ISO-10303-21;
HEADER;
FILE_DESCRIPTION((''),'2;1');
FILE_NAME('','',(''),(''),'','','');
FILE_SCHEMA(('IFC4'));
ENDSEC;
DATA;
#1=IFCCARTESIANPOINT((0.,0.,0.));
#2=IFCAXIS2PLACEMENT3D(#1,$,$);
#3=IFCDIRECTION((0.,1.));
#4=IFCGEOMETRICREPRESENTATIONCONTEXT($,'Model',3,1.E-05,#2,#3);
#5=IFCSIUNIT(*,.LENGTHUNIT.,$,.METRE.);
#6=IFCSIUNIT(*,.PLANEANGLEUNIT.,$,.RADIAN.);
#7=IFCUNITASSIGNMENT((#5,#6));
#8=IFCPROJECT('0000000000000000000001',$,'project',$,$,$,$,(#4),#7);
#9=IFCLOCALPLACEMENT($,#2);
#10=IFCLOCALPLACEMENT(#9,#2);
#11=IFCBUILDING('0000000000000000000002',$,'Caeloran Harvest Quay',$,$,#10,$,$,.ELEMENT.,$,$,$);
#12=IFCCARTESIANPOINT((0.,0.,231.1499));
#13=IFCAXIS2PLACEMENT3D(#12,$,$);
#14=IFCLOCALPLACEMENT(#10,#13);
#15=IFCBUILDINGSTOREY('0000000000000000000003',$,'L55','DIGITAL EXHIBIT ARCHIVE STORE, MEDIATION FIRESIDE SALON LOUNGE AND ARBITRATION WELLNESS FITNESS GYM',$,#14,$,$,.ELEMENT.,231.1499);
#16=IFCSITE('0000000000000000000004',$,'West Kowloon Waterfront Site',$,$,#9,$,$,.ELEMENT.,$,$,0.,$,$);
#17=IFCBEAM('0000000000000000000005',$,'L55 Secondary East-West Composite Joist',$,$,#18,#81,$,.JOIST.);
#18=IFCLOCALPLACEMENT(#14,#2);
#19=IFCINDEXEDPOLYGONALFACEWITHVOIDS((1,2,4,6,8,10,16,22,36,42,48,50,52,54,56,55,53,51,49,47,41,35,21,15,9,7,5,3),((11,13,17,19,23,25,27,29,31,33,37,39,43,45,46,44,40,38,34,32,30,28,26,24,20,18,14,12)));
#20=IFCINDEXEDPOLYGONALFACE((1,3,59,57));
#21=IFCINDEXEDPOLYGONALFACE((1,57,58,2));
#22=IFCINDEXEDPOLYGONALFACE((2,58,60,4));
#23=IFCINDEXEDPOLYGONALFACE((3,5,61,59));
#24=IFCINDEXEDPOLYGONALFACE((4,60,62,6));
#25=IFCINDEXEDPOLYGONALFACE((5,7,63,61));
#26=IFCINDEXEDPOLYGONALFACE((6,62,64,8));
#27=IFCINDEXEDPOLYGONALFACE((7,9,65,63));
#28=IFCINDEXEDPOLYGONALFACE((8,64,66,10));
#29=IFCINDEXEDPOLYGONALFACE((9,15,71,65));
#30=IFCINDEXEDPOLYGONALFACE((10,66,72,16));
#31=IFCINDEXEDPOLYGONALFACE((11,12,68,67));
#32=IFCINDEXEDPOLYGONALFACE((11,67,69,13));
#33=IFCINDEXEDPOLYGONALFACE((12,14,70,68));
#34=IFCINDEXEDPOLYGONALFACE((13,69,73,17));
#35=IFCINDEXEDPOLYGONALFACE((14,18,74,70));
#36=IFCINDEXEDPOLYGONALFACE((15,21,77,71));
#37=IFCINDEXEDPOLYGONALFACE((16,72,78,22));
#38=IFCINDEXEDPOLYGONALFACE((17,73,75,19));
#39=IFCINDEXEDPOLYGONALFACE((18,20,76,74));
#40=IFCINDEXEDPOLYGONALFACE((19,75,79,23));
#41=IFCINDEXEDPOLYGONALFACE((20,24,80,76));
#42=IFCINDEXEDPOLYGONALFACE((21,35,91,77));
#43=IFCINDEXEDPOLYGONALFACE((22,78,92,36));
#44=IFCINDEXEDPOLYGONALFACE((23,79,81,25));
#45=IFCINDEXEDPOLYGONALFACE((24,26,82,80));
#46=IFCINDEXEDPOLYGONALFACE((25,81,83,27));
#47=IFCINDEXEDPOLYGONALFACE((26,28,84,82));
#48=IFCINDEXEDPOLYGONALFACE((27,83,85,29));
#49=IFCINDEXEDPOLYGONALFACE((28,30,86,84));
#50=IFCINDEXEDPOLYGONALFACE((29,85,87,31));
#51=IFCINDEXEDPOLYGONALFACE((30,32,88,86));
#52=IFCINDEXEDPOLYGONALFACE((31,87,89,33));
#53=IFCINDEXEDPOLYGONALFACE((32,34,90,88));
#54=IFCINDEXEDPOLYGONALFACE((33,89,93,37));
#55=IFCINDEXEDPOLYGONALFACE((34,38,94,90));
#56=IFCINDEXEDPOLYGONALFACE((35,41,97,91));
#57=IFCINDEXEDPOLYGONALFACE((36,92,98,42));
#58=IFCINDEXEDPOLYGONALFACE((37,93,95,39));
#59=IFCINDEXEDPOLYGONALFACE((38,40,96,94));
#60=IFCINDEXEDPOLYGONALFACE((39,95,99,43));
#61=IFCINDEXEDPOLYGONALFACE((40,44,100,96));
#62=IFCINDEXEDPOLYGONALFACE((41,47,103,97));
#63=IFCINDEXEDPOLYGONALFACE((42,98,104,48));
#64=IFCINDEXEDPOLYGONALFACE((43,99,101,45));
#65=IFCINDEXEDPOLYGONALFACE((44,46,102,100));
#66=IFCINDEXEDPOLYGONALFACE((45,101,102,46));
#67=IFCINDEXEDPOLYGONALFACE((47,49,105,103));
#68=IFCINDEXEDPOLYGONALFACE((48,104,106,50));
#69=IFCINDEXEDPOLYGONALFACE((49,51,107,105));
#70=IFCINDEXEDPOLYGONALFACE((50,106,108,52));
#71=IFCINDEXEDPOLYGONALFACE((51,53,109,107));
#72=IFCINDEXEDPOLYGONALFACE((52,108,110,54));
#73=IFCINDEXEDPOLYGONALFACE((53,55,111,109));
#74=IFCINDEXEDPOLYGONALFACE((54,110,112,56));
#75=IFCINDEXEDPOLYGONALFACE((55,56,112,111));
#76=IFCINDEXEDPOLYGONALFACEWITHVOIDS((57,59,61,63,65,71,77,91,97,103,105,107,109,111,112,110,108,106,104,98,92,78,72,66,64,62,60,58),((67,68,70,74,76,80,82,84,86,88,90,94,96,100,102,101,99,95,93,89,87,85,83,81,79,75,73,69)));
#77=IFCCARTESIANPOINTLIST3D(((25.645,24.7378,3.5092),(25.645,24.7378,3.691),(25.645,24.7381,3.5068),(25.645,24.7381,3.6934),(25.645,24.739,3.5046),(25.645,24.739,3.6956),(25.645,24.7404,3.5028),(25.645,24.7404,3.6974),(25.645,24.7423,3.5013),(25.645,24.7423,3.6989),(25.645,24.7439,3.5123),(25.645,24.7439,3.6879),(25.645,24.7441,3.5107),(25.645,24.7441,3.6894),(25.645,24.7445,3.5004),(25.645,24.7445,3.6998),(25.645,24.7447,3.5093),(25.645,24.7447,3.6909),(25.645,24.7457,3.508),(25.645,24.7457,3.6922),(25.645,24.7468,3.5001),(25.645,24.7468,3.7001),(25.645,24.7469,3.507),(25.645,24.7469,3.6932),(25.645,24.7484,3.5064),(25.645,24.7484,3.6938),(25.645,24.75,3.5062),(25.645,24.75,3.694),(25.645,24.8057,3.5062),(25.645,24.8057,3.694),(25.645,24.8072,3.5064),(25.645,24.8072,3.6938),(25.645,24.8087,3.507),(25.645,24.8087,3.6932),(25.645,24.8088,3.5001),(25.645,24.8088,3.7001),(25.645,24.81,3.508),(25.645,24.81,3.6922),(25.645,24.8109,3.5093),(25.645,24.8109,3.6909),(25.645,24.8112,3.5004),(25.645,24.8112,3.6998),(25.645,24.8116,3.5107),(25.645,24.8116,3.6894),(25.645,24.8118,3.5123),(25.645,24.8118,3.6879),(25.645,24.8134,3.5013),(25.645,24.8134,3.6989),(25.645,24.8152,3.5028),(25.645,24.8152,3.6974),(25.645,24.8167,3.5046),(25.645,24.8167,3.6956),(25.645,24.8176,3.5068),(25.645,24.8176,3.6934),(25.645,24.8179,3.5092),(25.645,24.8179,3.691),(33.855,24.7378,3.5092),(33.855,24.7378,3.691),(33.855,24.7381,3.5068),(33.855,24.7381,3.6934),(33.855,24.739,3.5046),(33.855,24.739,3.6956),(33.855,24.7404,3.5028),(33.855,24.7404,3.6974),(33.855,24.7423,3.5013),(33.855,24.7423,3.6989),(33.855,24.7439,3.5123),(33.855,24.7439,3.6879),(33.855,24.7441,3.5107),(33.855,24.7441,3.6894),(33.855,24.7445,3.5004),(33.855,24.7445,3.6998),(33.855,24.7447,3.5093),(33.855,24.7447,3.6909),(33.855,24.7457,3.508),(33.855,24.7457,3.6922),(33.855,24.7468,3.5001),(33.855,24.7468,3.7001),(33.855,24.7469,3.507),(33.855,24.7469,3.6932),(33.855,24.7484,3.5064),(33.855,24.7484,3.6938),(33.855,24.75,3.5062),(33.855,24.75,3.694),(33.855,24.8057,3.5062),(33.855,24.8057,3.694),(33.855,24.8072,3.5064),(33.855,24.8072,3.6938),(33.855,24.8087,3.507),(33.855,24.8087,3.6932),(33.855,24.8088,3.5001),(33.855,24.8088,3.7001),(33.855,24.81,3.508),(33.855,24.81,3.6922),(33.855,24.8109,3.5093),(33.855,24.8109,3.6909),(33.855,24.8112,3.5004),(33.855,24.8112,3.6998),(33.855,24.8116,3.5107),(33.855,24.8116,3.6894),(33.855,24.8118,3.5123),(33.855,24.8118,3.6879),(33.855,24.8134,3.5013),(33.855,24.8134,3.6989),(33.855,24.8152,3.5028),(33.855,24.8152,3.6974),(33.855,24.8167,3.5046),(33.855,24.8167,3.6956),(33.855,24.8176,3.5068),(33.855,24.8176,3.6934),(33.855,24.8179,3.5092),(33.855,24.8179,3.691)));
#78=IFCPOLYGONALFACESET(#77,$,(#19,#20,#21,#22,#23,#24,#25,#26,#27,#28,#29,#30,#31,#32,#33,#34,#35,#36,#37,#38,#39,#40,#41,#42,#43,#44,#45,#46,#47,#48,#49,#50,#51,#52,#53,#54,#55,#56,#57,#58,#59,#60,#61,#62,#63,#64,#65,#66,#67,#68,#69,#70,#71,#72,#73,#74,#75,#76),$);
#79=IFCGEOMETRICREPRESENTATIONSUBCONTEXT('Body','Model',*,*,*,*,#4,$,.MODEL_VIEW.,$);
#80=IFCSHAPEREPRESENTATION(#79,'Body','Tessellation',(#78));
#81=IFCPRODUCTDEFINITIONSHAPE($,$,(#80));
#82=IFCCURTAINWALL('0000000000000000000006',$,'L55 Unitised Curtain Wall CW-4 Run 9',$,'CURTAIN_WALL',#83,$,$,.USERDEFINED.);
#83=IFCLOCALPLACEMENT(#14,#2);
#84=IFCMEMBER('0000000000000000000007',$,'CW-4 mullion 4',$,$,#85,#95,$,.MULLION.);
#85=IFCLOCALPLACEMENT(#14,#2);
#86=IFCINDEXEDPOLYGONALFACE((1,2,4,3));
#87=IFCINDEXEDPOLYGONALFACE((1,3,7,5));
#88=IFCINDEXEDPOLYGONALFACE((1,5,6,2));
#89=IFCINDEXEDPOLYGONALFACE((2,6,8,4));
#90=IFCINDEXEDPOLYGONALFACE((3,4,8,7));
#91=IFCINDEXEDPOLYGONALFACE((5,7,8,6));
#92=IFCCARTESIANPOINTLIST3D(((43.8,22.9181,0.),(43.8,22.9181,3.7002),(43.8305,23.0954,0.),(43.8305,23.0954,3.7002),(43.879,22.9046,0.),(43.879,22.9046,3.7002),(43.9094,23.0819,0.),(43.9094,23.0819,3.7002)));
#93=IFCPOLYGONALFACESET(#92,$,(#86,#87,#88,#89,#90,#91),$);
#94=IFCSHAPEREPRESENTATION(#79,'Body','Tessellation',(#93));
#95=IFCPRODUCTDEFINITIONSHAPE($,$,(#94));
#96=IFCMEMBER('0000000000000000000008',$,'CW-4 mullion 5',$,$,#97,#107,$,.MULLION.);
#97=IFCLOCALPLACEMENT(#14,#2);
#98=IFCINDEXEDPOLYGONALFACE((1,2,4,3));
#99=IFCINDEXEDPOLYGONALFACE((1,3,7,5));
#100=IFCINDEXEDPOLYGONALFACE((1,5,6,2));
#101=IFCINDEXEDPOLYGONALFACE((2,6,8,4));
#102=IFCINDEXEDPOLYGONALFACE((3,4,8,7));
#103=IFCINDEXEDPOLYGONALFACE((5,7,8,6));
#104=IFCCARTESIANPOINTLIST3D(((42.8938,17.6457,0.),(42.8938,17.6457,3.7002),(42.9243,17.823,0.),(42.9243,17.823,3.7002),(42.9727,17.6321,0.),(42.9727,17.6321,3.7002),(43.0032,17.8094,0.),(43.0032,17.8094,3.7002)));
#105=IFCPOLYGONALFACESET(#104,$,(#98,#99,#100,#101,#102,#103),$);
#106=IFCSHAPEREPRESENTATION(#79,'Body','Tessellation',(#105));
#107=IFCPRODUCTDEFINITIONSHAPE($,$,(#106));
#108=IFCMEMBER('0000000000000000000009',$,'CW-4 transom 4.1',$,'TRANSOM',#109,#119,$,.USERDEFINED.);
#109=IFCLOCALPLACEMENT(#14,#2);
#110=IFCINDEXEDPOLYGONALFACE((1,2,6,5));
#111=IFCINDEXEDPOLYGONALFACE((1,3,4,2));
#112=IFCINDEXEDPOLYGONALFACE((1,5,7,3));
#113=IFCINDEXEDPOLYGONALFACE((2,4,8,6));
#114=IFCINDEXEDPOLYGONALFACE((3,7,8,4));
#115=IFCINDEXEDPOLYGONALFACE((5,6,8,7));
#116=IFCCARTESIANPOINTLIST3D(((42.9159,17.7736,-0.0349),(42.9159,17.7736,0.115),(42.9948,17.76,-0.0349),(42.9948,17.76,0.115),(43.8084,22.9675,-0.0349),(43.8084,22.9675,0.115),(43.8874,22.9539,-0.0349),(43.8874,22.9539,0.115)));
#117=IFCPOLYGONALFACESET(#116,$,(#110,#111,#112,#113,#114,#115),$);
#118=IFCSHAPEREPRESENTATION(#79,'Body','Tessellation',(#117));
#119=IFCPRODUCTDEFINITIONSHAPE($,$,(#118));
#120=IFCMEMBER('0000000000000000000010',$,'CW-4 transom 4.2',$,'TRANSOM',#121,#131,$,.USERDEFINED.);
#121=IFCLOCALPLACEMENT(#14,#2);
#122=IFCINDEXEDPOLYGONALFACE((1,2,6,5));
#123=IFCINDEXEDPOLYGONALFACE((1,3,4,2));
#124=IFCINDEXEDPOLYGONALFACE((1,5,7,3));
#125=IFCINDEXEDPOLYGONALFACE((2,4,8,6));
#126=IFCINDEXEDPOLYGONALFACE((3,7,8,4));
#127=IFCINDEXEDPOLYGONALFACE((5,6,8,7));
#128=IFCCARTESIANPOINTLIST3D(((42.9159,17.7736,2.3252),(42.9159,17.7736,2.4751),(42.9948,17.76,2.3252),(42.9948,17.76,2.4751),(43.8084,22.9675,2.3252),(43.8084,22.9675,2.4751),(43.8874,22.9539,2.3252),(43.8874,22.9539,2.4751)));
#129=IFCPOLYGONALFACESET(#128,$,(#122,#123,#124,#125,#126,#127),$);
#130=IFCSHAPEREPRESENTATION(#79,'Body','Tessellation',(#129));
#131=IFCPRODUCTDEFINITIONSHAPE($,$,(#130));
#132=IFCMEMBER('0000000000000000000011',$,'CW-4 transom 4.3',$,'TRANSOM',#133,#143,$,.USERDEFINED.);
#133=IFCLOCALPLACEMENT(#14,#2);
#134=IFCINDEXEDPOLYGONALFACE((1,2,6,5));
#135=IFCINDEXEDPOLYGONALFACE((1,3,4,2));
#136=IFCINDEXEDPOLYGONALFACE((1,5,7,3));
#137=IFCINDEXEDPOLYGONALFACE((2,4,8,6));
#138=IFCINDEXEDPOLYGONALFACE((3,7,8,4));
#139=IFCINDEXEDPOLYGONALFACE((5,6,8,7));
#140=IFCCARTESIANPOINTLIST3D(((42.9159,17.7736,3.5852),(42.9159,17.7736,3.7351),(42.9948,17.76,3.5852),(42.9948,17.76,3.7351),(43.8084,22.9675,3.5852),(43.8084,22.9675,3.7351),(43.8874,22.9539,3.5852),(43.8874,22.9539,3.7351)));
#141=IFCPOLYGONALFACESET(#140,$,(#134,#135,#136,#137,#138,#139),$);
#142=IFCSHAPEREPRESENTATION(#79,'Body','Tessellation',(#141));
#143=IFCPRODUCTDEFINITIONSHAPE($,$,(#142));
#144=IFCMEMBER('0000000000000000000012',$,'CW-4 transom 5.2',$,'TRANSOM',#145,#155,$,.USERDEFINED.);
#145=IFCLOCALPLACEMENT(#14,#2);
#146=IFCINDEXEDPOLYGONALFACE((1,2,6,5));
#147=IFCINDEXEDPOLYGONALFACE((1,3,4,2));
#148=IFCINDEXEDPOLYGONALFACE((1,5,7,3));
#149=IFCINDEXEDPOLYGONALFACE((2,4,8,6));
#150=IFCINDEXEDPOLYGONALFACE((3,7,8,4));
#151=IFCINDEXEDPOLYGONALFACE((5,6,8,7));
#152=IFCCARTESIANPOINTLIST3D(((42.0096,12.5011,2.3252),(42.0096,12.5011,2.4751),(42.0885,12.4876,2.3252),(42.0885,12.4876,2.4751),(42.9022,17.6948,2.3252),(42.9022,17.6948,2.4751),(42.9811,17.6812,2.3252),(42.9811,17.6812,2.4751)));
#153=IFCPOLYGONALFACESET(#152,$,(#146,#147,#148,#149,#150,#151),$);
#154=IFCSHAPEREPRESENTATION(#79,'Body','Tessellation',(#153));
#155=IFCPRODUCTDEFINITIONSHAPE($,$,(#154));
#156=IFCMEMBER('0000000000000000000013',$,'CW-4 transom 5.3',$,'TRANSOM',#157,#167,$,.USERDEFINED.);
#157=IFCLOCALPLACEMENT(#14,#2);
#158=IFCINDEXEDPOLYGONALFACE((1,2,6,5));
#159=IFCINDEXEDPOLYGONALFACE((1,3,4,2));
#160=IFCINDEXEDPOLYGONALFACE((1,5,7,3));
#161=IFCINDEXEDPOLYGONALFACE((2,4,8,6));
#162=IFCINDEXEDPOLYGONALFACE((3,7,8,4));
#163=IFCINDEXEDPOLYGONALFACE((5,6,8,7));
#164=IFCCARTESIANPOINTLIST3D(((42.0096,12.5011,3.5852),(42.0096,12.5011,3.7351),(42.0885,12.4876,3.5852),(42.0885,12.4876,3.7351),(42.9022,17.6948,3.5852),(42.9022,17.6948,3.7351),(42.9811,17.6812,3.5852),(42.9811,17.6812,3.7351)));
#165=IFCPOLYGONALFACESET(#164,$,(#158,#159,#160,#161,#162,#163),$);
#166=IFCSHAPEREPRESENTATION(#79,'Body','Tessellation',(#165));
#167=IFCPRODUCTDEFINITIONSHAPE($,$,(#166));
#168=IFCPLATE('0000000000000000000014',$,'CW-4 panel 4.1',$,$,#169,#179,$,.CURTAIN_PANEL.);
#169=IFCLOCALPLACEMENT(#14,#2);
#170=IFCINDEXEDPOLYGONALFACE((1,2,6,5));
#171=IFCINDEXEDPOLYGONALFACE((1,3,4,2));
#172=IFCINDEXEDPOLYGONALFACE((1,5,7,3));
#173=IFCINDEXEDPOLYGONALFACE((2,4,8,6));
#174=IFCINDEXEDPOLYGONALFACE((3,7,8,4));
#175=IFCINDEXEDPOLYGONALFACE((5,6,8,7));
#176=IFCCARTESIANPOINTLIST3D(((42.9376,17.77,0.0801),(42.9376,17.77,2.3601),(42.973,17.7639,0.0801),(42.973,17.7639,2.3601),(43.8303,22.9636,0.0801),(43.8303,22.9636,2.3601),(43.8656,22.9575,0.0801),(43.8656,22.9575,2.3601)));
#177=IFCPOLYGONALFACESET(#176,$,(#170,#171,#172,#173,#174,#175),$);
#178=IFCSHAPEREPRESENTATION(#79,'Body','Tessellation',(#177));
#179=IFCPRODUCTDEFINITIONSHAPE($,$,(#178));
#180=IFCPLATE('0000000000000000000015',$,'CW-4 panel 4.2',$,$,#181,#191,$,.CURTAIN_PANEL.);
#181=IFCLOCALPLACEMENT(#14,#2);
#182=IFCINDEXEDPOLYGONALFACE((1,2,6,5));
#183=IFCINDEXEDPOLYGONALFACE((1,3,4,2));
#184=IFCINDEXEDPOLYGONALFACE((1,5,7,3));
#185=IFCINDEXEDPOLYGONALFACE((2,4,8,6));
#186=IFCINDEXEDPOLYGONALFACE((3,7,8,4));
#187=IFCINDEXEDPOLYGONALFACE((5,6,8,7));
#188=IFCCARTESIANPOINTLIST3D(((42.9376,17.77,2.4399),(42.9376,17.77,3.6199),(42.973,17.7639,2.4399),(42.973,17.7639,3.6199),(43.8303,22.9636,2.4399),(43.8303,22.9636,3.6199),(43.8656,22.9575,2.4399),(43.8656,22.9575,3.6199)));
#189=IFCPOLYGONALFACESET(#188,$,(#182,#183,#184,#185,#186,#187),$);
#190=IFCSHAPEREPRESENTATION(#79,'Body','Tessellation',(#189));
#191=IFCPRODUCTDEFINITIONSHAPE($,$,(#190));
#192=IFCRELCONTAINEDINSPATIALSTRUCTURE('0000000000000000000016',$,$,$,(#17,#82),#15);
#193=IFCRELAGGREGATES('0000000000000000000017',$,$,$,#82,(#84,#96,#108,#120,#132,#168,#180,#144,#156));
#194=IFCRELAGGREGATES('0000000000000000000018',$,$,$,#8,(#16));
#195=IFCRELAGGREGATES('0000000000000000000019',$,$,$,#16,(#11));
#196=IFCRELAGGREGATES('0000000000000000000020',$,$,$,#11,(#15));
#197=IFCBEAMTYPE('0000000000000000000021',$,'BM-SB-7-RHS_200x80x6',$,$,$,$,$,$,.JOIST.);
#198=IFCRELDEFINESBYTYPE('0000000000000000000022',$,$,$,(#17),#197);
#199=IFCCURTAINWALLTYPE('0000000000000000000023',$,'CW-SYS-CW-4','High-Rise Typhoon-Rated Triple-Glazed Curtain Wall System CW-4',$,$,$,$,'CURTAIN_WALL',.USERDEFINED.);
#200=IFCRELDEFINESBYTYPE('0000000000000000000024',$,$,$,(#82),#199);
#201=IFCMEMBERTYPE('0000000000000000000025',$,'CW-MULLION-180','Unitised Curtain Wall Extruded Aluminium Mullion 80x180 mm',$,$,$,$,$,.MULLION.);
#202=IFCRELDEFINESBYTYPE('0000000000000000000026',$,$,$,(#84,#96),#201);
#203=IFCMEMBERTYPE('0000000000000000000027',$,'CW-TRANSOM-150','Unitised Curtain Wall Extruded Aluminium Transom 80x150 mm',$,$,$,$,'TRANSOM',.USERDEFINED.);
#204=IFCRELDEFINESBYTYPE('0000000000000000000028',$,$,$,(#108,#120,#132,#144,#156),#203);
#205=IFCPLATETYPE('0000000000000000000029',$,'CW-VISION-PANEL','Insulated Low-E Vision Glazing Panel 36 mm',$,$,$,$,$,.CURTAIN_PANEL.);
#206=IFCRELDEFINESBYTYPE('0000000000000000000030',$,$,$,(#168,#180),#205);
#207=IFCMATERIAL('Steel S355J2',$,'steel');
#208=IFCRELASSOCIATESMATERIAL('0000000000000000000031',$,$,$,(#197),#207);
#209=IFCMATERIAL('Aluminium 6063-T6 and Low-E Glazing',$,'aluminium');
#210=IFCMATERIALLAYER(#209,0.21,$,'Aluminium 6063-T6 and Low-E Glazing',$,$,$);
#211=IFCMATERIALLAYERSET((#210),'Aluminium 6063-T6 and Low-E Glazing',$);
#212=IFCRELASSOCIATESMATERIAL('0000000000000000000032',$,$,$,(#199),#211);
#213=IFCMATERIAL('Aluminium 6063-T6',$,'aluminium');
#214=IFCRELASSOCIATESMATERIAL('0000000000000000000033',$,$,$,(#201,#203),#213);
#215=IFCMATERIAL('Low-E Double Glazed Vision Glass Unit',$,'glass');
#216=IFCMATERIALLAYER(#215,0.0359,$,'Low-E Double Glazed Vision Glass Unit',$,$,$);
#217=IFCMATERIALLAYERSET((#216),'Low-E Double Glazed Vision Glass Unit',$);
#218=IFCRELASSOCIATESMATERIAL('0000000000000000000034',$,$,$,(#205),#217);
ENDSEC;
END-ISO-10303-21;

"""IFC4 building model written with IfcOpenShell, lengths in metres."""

from ifc_helpers import new_model, si_unit, direction, frame, origin, origin_2d, place, context, subcontext, project, spatial, rectangle, hollow_rectangle, extrude, material, layer, layer_set, material_profile, profile_set, type_object, element, aggregate, save


model = new_model("IFC4")

# Units and contexts
model_context = context("Model", 3, precision=1e-05, world=origin(), true_north=direction((0.0, 1.0)))
body_context = subcontext(model_context, "Body", "Model", "MODEL_VIEW")
ifc_project = project(units=[si_unit("LENGTHUNIT", "METRE"), si_unit("PLANEANGLEUNIT", "RADIAN")], contexts=[model_context])

# Site, building, storey
site_placement = place(None, origin())
site = spatial("IfcSite", under=ifc_project, at=site_placement, Name="West Kowloon Waterfront Site", CompositionType="ELEMENT", RefElevation=0.0)
building_placement = place(site_placement, origin())
building = spatial("IfcBuilding", under=site, at=building_placement, Name="Caeloran Harvest Quay", CompositionType="ELEMENT")
storey_placement = place(building_placement, frame((0.0, 0.0, 231.1499)))
storey = spatial("IfcBuildingStorey", under=building, at=storey_placement, Name="L55", Description="DIGITAL EXHIBIT ARCHIVE STORE, MEDIATION FIRESIDE SALON LOUNGE AND ARBITRATION WELLNESS FITNESS GYM", CompositionType="ELEMENT", Elevation=231.1499)

# Beam
ifc_material_1 = material(Name="Steel S355J2", Category="steel")
ifc_material_profile_1 = material_profile(ifc_material_1, hollow_rectangle(XDim=0.0801, YDim=0.2, WallThickness=0.0061, InnerFilletRadius=0.0061, OuterFilletRadius=0.009, at=origin_2d()), Name="RHS 200x80x6")
ifc_profile_set_1 = profile_set([ifc_material_profile_1], Name="Steel S355J2")
beam_type_1 = type_object("IfcBeamType", Name="BM-SB-7-RHS_200x80x6", PredefinedType="JOIST", material=ifc_profile_set_1)
for number, where, z_axis, x_axis, name in (
    (1, (25.645, 24.7778, 3.6001), (1.0, 0.0, 0.0), (0.0, 1.0, 0.0), "L55 Secondary East-West Composite Joist"),
):
    element("IfcBeam", number, at=place(storey_placement, frame(where, z_axis=z_axis, x_axis=x_axis)), inside=storey, type_object=beam_type_1, Name=name, PredefinedType="JOIST", context=body_context, shape_type="SweptSolid", body=[
        extrude(hollow_rectangle(XDim=0.0801, YDim=0.2, WallThickness=0.0061, InnerFilletRadius=0.0061, OuterFilletRadius=0.009, at=origin_2d()), origin(), (0.0, 0.0, 1.0), 8.21),
    ])

# Curtain wall, members, plates
ifc_material_2 = material(Name="Aluminium 6063-T6 and Low-E Glazing", Category="aluminium")
ifc_layer_1 = layer(ifc_material_2, 0.21, Name="Aluminium 6063-T6 and Low-E Glazing")
ifc_layer_set_1 = layer_set([ifc_layer_1], Name="Aluminium 6063-T6 and Low-E Glazing")
curtain_wall_type = type_object("IfcCurtainWallType", Name="CW-SYS-CW-4", Description="High-Rise Typhoon-Rated Triple-Glazed Curtain Wall System CW-4", ElementType="CURTAIN_WALL", PredefinedType="USERDEFINED", material=ifc_layer_set_1)
curtain_wall_placement = place(storey_placement, origin())
curtain_wall = element("IfcCurtainWall", 2, at=curtain_wall_placement, inside=storey, type_object=curtain_wall_type, Name="L55 Unitised Curtain Wall CW-4 Run 9", ObjectType="CURTAIN_WALL", PredefinedType="USERDEFINED")
ifc_material_3 = material(Name="Aluminium 6063-T6", Category="aluminium")
ifc_material_profile_2 = material_profile(ifc_material_3, rectangle(XDim=0.0801, YDim=0.1799, at=origin_2d()), Name="CW-MULLION-180")
ifc_profile_set_2 = profile_set([ifc_material_profile_2], Name="Aluminium 6063-T6")
member_type_1 = type_object("IfcMemberType", Name="CW-MULLION-180", Description="Unitised Curtain Wall Extruded Aluminium Mullion 80x180 mm", PredefinedType="MULLION", material=ifc_profile_set_2)
member_1_placement = place(storey_placement, frame((43.8547, 23.0, 0.0), z_axis=(0.0, 0.0, 1.0), x_axis=(0.985549, -0.169391, 0.0)))
member_1 = element("IfcMember", 3, at=member_1_placement, type_object=member_type_1, Name="CW-4 mullion 4", PredefinedType="MULLION", context=body_context, shape_type="SweptSolid", body=[
    extrude(rectangle(XDim=0.0801, YDim=0.1799, at=origin_2d()), origin(), (0.0, 0.0, 1.0), 3.7002),
])
member_2_placement = place(storey_placement, frame((42.9485, 17.7275, 0.0), z_axis=(0.0, 0.0, 1.0), x_axis=(0.985549, -0.169391, 0.0)))
member_2 = element("IfcMember", 4, at=member_2_placement, type_object=member_type_1, Name="CW-4 mullion 5", PredefinedType="MULLION", context=body_context, shape_type="SweptSolid", body=[
    extrude(rectangle(XDim=0.0801, YDim=0.1799, at=origin_2d()), origin(), (0.0, 0.0, 1.0), 3.7002),
])
ifc_material_profile_3 = material_profile(ifc_material_3, rectangle(XDim=0.0801, YDim=0.1499, at=origin_2d()), Name="CW-TRANSOM-150")
ifc_profile_set_3 = profile_set([ifc_material_profile_3], Name="Aluminium 6063-T6")
member_type_2 = type_object("IfcMemberType", Name="CW-TRANSOM-150", Description="Unitised Curtain Wall Extruded Aluminium Transom 80x150 mm", ElementType="TRANSOM", PredefinedType="USERDEFINED", material=ifc_profile_set_3)
member_3_placement = place(storey_placement, frame((43.8479, 22.9607, 0.04), z_axis=(-0.16937, -0.985553, 0.0), x_axis=(0.985553, -0.16937, 0.0)))
member_3 = element("IfcMember", 5, at=member_3_placement, type_object=member_type_2, Name="CW-4 transom 4.1", ObjectType="TRANSOM", PredefinedType="USERDEFINED", context=body_context, shape_type="SweptSolid", body=[
    extrude(rectangle(XDim=0.0801, YDim=0.1499, at=origin_2d()), origin(), (0.0, 0.0, 1.0), 5.27),
])
member_4_placement = place(storey_placement, frame((43.8479, 22.9607, 2.4001), z_axis=(-0.16937, -0.985553, 0.0), x_axis=(0.985553, -0.16937, 0.0)))
member_4 = element("IfcMember", 6, at=member_4_placement, type_object=member_type_2, Name="CW-4 transom 4.2", ObjectType="TRANSOM", PredefinedType="USERDEFINED", context=body_context, shape_type="SweptSolid", body=[
    extrude(rectangle(XDim=0.0801, YDim=0.1499, at=origin_2d()), origin(), (0.0, 0.0, 1.0), 5.27),
])
member_5_placement = place(storey_placement, frame((43.8479, 22.9607, 3.6602), z_axis=(-0.16937, -0.985553, 0.0), x_axis=(0.985553, -0.16937, 0.0)))
member_5 = element("IfcMember", 7, at=member_5_placement, type_object=member_type_2, Name="CW-4 transom 4.3", ObjectType="TRANSOM", PredefinedType="USERDEFINED", context=body_context, shape_type="SweptSolid", body=[
    extrude(rectangle(XDim=0.0801, YDim=0.1499, at=origin_2d()), origin(), (0.0, 0.0, 1.0), 5.27),
])
member_6_placement = place(storey_placement, frame((42.9417, 17.688, 2.4001), z_axis=(-0.169378, -0.985551, 0.0), x_axis=(0.985551, -0.169378, 0.0)))
member_6 = element("IfcMember", 8, at=member_6_placement, type_object=member_type_2, Name="CW-4 transom 5.2", ObjectType="TRANSOM", PredefinedType="USERDEFINED", context=body_context, shape_type="SweptSolid", body=[
    extrude(rectangle(XDim=0.0801, YDim=0.1499, at=origin_2d()), origin(), (0.0, 0.0, 1.0), 5.2698),
])
member_7_placement = place(storey_placement, frame((42.9417, 17.688, 3.6602), z_axis=(-0.169378, -0.985551, 0.0), x_axis=(0.985551, -0.169378, 0.0)))
member_7 = element("IfcMember", 9, at=member_7_placement, type_object=member_type_2, Name="CW-4 transom 5.3", ObjectType="TRANSOM", PredefinedType="USERDEFINED", context=body_context, shape_type="SweptSolid", body=[
    extrude(rectangle(XDim=0.0801, YDim=0.1499, at=origin_2d()), origin(), (0.0, 0.0, 1.0), 5.2698),
])
ifc_material_4 = material(Name="Low-E Double Glazed Vision Glass Unit", Category="glass")
ifc_layer_2 = layer(ifc_material_4, 0.0359, Name="Low-E Double Glazed Vision Glass Unit")
ifc_layer_set_2 = layer_set([ifc_layer_2], Name="Low-E Double Glazed Vision Glass Unit")
plate_type = type_object("IfcPlateType", Name="CW-VISION-PANEL", Description="Insulated Low-E Vision Glazing Panel 36 mm", PredefinedType="CURTAIN_PANEL", material=ifc_layer_set_2)
plate_1_placement = place(storey_placement, frame((43.4016, 20.3638, 0.0801), z_axis=(0.0, 0.0, 1.0), x_axis=(-0.169391, -0.985549, 0.0)))
plate_1 = element("IfcPlate", 10, at=plate_1_placement, type_object=plate_type, Name="CW-4 panel 4.1", PredefinedType="CURTAIN_PANEL", context=body_context, shape_type="SweptSolid", body=[
    extrude(rectangle(XDim=5.2698, YDim=0.0359, at=origin_2d()), origin(), (0.0, 0.0, 1.0), 2.28),
])
plate_2_placement = place(storey_placement, frame((43.4016, 20.3638, 2.4399), z_axis=(0.0, 0.0, 1.0), x_axis=(-0.169391, -0.985549, 0.0)))
plate_2 = element("IfcPlate", 11, at=plate_2_placement, type_object=plate_type, Name="CW-4 panel 4.2", PredefinedType="CURTAIN_PANEL", context=body_context, shape_type="SweptSolid", body=[
    extrude(rectangle(XDim=5.2698, YDim=0.0359, at=origin_2d()), origin(), (0.0, 0.0, 1.0), 1.1799),
])
aggregate(curtain_wall, [member_1, member_2, member_3, member_4, member_5, plate_1, plate_2, member_6, member_7])

save(model, "model.ifc")
